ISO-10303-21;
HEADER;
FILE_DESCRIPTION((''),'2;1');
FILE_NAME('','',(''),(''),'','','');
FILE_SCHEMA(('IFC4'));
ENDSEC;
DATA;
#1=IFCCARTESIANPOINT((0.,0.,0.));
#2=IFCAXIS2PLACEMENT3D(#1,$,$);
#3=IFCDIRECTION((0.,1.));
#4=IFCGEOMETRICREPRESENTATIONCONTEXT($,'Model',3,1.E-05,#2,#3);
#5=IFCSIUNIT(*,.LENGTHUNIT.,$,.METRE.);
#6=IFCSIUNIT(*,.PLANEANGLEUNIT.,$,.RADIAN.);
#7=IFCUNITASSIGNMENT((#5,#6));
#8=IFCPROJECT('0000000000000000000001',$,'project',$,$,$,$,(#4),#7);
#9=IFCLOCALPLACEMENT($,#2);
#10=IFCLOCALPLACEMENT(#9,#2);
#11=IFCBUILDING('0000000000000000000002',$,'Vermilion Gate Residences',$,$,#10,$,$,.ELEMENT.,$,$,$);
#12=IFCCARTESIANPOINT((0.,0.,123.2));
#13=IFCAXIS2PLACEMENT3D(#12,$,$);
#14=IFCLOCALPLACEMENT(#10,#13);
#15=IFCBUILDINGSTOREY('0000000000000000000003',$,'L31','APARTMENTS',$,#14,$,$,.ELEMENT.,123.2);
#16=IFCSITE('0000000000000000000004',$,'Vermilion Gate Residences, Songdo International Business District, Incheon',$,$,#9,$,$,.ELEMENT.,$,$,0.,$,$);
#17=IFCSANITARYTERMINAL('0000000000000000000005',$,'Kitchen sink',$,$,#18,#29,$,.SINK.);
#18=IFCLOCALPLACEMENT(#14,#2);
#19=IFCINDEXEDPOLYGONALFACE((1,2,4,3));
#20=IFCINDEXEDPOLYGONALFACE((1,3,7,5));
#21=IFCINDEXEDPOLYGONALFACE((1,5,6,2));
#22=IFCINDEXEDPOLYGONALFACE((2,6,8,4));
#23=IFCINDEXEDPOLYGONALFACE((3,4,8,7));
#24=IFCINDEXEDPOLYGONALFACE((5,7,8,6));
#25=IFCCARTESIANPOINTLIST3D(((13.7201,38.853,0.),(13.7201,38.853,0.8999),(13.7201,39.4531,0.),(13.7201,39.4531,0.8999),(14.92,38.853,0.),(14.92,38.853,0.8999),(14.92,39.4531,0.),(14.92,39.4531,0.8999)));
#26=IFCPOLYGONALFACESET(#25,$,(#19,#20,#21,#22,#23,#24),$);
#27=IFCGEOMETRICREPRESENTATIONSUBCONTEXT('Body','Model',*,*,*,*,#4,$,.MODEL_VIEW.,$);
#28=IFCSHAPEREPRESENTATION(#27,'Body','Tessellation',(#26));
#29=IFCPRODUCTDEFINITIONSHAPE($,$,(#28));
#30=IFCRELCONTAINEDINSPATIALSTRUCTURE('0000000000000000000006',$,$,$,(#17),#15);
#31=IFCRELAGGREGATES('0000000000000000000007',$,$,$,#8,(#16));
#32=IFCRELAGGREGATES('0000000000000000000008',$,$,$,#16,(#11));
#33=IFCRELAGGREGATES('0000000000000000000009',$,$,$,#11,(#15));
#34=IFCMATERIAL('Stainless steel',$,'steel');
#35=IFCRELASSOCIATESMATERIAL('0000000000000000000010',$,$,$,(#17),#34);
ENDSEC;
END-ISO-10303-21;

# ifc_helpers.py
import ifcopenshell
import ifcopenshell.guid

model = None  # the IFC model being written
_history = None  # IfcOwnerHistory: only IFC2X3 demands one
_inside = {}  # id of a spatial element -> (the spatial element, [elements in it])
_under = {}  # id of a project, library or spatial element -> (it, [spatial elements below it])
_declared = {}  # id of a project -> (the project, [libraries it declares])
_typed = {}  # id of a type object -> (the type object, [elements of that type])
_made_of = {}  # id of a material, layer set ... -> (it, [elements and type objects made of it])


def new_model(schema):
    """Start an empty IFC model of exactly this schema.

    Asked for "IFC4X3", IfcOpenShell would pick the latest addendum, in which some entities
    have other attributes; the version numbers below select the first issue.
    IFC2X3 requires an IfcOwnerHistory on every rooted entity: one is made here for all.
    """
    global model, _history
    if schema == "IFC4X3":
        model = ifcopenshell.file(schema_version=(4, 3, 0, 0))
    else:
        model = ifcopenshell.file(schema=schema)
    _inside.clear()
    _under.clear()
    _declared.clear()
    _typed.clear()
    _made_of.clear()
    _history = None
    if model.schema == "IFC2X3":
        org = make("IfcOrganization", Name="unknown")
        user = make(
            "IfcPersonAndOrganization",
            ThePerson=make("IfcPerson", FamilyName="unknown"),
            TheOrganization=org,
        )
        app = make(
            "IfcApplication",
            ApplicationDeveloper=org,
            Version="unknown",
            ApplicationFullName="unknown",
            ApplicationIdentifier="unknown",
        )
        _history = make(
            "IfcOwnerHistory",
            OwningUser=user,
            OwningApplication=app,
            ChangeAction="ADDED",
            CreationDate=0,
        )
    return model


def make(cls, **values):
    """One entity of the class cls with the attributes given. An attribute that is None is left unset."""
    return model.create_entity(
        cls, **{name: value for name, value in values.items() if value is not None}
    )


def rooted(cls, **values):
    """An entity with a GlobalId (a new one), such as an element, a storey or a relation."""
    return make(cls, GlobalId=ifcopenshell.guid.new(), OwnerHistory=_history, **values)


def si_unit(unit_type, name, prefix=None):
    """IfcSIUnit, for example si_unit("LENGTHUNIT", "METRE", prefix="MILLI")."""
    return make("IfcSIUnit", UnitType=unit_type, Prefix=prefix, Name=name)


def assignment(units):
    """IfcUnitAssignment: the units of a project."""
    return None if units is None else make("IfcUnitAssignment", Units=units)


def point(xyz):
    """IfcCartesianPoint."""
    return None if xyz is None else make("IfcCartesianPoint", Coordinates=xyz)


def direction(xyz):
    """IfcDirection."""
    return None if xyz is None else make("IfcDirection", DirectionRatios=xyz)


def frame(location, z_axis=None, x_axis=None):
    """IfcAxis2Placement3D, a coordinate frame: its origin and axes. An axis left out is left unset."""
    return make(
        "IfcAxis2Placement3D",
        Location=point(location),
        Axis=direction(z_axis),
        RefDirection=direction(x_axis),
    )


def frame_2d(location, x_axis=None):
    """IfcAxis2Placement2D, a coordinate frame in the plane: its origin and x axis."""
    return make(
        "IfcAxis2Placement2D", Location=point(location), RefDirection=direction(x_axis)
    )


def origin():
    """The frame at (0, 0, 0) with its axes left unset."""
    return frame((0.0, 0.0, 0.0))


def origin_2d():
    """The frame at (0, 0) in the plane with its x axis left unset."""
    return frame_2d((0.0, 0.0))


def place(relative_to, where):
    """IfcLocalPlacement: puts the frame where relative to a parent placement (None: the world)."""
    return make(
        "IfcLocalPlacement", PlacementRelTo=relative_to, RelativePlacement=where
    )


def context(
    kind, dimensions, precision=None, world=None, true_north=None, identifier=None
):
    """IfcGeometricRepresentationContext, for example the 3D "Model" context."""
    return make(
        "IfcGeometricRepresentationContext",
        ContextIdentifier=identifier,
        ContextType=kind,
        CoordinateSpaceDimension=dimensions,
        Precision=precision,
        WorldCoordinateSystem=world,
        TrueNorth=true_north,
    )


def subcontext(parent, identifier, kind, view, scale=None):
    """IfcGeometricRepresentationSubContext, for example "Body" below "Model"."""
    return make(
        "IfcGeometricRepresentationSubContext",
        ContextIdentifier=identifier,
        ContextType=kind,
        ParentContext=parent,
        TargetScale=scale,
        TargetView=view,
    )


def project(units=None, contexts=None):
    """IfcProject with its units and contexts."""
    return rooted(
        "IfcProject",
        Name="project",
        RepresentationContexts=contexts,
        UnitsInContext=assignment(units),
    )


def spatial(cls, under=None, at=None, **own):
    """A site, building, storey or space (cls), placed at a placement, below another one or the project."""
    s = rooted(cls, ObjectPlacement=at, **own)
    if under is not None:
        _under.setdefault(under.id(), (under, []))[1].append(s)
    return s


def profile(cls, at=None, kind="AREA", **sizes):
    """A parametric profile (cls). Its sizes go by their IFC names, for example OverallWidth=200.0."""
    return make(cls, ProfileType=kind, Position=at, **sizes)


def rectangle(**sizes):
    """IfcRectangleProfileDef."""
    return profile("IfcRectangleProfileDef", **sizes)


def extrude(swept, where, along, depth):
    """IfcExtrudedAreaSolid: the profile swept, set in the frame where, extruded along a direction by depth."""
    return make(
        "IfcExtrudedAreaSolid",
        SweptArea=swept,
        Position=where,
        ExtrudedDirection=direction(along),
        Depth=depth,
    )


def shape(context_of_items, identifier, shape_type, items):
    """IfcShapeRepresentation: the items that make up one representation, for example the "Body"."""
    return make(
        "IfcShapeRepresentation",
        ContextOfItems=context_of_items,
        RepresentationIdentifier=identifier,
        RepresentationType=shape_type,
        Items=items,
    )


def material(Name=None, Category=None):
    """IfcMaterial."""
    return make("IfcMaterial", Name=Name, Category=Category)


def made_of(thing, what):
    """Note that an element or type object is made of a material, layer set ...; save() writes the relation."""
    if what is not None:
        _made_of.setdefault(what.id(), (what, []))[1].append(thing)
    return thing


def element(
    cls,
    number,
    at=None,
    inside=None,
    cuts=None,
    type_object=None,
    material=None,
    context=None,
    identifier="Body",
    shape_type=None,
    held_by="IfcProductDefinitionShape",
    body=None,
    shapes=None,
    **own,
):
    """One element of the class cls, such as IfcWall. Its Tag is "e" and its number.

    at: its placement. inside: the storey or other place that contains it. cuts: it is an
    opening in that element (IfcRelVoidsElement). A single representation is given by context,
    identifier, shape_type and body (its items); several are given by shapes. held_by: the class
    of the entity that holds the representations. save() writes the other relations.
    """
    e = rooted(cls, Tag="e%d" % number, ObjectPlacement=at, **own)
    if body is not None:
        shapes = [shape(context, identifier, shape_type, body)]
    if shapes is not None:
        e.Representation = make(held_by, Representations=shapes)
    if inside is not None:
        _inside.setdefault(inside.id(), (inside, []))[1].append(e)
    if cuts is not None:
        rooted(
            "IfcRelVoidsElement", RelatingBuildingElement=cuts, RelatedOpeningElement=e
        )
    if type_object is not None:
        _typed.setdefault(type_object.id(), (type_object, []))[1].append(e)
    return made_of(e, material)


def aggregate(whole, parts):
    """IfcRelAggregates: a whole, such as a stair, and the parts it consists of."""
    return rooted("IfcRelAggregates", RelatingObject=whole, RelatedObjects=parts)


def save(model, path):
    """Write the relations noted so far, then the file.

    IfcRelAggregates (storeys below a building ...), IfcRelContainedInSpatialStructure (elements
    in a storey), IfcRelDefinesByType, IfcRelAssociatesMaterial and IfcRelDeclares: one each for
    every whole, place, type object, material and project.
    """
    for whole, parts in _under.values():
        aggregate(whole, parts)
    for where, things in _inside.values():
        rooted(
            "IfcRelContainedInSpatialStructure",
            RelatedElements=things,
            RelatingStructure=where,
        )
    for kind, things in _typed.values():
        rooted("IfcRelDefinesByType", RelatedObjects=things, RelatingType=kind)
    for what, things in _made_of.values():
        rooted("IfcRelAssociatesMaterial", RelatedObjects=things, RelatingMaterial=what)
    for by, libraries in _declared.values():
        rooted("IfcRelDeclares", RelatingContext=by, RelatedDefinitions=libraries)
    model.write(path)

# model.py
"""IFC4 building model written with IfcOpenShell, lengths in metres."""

from ifc_helpers import new_model, si_unit, direction, frame, origin, origin_2d, place, context, subcontext, project, spatial, rectangle, extrude, material, element, save


model = new_model("IFC4")

# Units and contexts
model_context = context("Model", 3, precision=1e-05, world=origin(), true_north=direction((0.0, 1.0)))
body_context = subcontext(model_context, "Body", "Model", "MODEL_VIEW")
ifc_project = project(units=[si_unit("LENGTHUNIT", "METRE"), si_unit("PLANEANGLEUNIT", "RADIAN")], contexts=[model_context])

# Site, building, storey
site_placement = place(None, origin())
site = spatial("IfcSite", under=ifc_project, at=site_placement, Name="Vermilion Gate Residences, Songdo International Business District, Incheon", CompositionType="ELEMENT", RefElevation=0.0)
building_placement = place(site_placement, origin())
building = spatial("IfcBuilding", under=site, at=building_placement, Name="Vermilion Gate Residences", CompositionType="ELEMENT")
storey_placement = place(building_placement, frame((0.0, 0.0, 123.2)))
storey = spatial("IfcBuildingStorey", under=building, at=storey_placement, Name="L31", Description="APARTMENTS", CompositionType="ELEMENT", Elevation=123.2)

# Sanitary terminal
ifc_material_1 = material(Name="Stainless steel", Category="steel")
sanitary_terminal_1_placement = place(storey_placement, frame((14.3201, 39.1531, 0.0), z_axis=(0.0, 0.0, 1.0), x_axis=(1.0, 0.0, 0.0)))
element("IfcSanitaryTerminal", 1, at=sanitary_terminal_1_placement, inside=storey, material=ifc_material_1, Name="Kitchen sink", PredefinedType="SINK", context=body_context, shape_type="SweptSolid", body=[
    extrude(rectangle(XDim=1.2, YDim=0.6001, at=origin_2d()), origin(), (0.0, 0.0, 1.0), 0.8999),
])

save(model, "model.ifc")
